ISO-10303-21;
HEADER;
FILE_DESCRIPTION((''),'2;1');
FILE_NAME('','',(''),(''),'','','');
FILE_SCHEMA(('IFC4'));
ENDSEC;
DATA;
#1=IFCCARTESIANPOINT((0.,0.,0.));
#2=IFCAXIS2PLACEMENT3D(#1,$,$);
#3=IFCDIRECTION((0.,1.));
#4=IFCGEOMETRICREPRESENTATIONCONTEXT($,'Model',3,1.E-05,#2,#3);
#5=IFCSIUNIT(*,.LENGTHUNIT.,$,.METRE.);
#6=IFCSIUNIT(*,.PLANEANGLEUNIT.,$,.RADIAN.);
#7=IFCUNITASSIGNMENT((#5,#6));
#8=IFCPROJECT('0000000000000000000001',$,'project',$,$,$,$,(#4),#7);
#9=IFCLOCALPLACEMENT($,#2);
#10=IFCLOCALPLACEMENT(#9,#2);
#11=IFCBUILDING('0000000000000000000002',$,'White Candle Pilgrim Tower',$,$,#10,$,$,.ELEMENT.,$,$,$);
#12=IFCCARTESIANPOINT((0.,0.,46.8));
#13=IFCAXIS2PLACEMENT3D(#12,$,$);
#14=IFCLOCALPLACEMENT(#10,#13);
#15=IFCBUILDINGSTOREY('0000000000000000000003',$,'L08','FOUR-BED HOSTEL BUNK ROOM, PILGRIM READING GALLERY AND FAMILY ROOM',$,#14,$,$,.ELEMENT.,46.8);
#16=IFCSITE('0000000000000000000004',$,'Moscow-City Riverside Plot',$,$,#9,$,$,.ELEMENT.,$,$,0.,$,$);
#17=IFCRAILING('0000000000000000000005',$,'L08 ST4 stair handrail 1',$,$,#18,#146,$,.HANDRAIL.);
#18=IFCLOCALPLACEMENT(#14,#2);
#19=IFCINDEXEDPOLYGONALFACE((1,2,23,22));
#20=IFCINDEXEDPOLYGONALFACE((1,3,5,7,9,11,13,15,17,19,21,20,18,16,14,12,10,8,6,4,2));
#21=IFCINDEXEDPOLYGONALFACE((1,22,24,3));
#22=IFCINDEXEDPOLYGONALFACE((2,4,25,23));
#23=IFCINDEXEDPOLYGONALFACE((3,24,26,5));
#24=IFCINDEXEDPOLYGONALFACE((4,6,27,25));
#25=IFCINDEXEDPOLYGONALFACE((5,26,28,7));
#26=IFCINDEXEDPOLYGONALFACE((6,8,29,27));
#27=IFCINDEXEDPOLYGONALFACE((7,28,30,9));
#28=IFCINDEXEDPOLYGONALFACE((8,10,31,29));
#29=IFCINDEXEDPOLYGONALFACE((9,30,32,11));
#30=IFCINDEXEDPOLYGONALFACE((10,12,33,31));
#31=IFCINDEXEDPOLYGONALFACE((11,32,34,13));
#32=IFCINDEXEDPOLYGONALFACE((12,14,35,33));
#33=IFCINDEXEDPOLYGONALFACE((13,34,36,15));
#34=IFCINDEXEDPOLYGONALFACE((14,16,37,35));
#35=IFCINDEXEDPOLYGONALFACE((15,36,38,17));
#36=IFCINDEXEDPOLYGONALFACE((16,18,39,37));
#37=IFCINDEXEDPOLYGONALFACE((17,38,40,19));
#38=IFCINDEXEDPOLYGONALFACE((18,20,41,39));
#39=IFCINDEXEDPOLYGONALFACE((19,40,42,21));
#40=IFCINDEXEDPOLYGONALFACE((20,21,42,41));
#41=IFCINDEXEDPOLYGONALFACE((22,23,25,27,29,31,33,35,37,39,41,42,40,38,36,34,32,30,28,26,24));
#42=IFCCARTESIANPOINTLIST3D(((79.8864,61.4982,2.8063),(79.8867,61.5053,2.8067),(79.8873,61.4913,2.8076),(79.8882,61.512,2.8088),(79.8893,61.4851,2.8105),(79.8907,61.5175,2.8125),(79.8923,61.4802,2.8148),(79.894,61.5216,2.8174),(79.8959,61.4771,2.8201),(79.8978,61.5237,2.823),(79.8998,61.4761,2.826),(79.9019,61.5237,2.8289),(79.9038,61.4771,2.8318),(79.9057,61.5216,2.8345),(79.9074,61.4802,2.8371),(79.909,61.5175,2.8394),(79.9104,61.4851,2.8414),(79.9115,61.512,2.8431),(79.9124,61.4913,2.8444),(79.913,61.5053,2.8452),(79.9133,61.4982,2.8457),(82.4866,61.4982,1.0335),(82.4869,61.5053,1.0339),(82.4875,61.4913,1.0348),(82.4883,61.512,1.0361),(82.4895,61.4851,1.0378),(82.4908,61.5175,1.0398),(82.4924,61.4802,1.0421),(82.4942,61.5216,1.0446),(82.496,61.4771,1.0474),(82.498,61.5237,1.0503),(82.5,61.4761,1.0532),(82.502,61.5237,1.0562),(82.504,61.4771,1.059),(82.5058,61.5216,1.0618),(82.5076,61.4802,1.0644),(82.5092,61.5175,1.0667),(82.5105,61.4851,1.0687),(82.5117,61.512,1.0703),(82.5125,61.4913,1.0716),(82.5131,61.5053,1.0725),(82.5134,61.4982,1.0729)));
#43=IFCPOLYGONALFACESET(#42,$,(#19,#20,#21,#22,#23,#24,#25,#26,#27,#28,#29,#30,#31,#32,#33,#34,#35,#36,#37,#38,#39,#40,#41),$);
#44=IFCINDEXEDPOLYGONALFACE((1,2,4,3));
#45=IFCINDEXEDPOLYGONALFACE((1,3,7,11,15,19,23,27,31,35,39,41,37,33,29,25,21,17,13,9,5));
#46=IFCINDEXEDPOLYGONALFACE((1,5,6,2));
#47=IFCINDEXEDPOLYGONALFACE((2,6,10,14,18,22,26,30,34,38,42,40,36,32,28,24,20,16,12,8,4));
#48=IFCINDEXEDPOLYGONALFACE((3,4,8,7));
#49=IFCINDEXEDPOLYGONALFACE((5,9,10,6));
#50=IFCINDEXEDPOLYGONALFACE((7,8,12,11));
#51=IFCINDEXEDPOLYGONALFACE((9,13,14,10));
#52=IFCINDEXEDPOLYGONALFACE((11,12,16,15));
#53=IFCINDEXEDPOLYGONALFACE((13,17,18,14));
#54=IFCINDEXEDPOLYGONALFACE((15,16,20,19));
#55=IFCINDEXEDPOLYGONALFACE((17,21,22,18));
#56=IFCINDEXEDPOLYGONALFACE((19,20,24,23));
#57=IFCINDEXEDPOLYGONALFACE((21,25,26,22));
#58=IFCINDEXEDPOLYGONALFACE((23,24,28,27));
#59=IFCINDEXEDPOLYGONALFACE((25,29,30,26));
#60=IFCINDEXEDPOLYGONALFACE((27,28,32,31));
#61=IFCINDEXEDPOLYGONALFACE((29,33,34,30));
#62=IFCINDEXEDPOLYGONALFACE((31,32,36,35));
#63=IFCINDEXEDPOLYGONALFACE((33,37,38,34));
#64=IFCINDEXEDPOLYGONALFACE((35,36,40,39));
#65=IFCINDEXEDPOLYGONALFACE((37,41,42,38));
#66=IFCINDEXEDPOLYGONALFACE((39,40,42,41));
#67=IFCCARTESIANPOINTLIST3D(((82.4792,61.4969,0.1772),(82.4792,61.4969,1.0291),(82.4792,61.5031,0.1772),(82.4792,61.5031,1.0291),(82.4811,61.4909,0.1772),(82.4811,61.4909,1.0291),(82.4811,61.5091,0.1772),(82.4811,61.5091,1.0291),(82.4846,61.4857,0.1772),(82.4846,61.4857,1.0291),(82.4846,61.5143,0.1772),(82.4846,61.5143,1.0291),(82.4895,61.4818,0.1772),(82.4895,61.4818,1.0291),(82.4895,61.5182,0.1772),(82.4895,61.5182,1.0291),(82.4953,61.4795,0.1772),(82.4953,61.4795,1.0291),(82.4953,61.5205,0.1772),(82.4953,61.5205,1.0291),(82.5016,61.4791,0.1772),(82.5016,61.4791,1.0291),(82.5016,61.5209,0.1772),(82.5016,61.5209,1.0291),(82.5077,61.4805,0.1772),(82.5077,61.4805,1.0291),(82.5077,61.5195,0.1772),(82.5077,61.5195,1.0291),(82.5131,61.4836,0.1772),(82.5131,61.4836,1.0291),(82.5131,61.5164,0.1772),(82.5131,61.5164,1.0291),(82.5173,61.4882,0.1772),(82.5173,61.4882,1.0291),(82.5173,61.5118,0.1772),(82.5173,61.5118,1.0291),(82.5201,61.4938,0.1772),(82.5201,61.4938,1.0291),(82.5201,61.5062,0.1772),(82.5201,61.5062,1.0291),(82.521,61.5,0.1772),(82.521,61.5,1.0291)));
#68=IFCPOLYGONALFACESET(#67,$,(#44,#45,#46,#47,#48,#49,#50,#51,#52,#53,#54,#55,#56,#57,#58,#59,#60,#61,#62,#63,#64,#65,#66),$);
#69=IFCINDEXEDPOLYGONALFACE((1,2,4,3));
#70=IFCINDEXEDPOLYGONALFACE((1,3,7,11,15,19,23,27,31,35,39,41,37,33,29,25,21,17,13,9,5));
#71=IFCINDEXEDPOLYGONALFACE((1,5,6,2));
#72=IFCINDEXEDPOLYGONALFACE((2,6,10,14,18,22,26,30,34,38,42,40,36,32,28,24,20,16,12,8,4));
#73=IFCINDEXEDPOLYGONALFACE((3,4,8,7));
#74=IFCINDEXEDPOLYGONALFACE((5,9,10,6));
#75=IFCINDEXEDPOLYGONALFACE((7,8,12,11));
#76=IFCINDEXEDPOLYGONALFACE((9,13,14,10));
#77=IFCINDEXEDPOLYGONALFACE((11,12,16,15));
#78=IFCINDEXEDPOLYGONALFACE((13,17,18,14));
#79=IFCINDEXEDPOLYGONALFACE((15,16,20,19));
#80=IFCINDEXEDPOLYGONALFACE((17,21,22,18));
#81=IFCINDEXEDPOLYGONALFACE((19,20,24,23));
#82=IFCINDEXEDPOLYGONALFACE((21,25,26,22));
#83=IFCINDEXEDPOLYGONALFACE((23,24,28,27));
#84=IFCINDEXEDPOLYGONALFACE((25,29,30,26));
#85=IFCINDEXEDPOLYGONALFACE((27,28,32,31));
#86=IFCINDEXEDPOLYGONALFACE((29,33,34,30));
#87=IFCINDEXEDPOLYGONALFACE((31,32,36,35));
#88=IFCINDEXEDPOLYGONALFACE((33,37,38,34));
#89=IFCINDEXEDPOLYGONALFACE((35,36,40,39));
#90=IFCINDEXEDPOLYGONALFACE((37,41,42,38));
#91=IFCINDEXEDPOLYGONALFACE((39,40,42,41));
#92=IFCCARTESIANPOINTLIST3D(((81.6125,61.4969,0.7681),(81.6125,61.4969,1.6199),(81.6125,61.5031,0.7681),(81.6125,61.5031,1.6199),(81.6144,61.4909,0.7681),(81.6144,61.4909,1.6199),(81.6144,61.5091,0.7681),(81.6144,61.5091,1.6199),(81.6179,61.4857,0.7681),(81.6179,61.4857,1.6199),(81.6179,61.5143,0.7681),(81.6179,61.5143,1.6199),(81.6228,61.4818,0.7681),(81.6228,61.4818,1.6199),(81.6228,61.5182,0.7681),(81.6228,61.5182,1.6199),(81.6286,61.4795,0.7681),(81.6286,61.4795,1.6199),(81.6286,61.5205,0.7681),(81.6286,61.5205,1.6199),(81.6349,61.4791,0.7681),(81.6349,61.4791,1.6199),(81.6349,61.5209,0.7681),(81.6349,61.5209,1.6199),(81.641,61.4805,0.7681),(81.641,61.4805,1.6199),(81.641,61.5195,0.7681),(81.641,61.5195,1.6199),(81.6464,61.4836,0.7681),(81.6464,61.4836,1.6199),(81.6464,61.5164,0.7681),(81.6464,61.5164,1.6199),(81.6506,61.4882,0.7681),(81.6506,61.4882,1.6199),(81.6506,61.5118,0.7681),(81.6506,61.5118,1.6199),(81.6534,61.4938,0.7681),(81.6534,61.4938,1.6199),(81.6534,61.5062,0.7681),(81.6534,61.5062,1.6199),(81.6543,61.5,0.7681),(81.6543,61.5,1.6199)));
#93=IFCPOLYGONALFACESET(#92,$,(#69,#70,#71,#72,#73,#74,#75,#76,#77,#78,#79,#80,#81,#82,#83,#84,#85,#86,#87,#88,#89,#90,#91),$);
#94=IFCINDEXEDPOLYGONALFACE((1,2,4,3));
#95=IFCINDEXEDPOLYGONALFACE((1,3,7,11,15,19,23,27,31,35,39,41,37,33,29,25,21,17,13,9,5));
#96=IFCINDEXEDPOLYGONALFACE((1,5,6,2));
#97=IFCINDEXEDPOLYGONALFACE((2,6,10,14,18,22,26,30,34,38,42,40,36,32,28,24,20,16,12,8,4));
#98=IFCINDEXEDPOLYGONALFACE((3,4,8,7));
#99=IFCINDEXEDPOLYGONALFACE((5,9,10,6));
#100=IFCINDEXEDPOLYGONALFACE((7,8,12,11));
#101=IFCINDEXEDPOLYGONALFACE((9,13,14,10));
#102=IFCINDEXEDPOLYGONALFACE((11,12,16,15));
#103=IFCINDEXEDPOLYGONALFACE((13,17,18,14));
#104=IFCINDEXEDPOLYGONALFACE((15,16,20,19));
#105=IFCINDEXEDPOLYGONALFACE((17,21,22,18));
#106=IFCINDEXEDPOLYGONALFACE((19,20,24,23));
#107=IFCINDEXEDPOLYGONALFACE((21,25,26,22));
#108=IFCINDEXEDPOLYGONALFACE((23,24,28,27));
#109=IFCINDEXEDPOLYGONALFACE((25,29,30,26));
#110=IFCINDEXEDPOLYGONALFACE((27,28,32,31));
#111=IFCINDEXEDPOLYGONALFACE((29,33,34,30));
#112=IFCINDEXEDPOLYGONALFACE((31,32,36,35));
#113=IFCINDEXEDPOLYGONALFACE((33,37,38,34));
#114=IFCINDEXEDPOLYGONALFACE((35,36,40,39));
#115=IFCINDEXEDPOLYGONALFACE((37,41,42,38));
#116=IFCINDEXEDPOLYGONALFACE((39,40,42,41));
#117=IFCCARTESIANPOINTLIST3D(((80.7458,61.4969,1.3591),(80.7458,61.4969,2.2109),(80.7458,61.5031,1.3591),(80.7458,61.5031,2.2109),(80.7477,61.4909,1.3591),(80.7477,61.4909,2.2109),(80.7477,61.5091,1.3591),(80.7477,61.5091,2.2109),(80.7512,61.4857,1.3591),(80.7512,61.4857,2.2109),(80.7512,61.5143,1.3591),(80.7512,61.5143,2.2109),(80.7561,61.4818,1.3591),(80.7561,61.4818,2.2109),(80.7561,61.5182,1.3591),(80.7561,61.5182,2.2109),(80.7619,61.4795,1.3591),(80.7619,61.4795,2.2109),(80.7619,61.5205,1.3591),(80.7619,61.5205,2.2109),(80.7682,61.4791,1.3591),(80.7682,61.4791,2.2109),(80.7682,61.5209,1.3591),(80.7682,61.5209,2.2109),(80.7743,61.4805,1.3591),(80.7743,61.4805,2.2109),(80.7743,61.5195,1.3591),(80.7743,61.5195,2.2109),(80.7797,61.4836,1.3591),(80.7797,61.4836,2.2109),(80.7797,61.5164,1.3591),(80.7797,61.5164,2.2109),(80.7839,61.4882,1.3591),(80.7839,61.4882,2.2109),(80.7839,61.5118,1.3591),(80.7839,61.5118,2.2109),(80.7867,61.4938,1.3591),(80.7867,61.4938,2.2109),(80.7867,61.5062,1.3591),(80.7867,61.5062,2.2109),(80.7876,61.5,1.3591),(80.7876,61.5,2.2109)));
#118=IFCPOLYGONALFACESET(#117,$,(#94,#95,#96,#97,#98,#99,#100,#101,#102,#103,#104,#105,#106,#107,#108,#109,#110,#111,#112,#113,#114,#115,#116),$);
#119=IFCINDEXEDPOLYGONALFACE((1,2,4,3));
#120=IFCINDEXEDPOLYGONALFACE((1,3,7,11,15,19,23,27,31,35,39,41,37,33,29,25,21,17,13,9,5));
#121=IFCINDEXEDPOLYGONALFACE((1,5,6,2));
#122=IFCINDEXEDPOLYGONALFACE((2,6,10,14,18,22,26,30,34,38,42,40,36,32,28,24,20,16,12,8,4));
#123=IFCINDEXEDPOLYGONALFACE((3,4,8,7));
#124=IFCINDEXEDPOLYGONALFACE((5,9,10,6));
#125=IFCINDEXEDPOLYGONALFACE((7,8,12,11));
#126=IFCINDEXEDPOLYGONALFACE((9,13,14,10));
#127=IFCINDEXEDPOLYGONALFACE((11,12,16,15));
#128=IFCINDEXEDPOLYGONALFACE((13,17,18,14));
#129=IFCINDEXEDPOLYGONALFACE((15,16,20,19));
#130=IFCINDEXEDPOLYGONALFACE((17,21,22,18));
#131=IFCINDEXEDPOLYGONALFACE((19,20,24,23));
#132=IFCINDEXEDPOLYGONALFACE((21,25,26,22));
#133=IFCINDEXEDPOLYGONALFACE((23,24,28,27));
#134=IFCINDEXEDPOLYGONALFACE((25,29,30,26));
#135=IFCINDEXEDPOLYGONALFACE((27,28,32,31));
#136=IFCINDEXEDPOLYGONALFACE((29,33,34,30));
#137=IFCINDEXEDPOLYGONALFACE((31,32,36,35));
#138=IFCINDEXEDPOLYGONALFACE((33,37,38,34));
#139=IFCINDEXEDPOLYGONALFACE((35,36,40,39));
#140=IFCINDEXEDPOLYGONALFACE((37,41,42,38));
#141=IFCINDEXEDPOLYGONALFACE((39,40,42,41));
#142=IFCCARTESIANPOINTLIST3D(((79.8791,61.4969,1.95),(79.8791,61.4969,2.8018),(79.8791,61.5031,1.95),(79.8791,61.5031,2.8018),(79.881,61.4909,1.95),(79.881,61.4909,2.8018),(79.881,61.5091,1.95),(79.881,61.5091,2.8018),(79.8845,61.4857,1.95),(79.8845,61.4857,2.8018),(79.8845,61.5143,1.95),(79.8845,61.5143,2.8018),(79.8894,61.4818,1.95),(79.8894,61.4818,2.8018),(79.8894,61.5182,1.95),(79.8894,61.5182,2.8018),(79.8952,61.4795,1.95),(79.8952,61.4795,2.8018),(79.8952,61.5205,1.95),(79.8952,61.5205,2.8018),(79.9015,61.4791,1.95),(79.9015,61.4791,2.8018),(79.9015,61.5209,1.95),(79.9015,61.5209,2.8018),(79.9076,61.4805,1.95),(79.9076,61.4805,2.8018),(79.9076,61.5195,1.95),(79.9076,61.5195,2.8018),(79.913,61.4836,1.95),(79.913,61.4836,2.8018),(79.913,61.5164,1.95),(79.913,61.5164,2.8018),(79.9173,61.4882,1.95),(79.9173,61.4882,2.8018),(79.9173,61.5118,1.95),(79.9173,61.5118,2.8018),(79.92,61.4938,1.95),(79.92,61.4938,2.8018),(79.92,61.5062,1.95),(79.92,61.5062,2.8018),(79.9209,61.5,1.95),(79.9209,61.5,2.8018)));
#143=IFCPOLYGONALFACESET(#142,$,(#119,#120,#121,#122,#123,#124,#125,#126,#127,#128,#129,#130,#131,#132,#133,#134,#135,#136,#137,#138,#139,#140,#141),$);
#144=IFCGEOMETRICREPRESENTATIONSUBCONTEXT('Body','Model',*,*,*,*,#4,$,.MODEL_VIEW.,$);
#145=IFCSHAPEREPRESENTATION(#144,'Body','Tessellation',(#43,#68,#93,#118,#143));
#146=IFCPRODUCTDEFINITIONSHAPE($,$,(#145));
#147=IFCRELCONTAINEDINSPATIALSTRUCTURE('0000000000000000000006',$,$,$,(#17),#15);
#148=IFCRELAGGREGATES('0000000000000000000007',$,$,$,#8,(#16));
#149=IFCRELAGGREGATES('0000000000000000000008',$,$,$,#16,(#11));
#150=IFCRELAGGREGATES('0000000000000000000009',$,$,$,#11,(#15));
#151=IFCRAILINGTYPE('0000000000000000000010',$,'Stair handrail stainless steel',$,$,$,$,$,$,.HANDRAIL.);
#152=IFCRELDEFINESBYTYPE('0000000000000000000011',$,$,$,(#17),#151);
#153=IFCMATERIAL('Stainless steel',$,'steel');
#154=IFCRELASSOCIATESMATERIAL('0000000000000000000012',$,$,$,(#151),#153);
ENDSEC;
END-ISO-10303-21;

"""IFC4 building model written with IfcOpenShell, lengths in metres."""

from ifc_helpers import new_model, si_unit, direction, frame, origin, origin_2d, place, context, subcontext, project, spatial, circle, extrude, material, type_object, element, save


model = new_model("IFC4")

# Units and contexts
model_context = context("Model", 3, precision=1e-05, world=origin(), true_north=direction((0.0, 1.0)))
body_context = subcontext(model_context, "Body", "Model", "MODEL_VIEW")
ifc_project = project(units=[si_unit("LENGTHUNIT", "METRE"), si_unit("PLANEANGLEUNIT", "RADIAN")], contexts=[model_context])

# Site, building, storey
site_placement = place(None, origin())
site = spatial("IfcSite", under=ifc_project, at=site_placement, Name="Moscow-City Riverside Plot", CompositionType="ELEMENT", RefElevation=0.0)
building_placement = place(site_placement, origin())
building = spatial("IfcBuilding", under=site, at=building_placement, Name="White Candle Pilgrim Tower", CompositionType="ELEMENT")
storey_placement = place(building_placement, frame((0.0, 0.0, 46.8)))
storey = spatial("IfcBuildingStorey", under=building, at=storey_placement, Name="L08", Description="FOUR-BED HOSTEL BUNK ROOM, PILGRIM READING GALLERY AND FAMILY ROOM", CompositionType="ELEMENT", Elevation=46.8)

# Railing
ifc_material_1 = material(Name="Stainless steel", Category="steel")
railing_type_1 = type_object("IfcRailingType", Name="Stair handrail stainless steel", PredefinedType="HANDRAIL", material=ifc_material_1)
railing_1_placement = place(storey_placement, frame((82.5, 61.5, 0.1772)))
element("IfcRailing", 1, at=railing_1_placement, inside=storey, type_object=railing_type_1, Name="L08 ST4 stair handrail 1", PredefinedType="HANDRAIL", context=body_context, shape_type="SweptSolid", body=[
    extrude(circle(Radius=0.0239, at=origin_2d()), frame((0.0, 0.0, 0.876), z_axis=(-0.82624, 0.0, 0.563318), x_axis=(0.0, -1.0, 0.0)), (0.0, 0.0, 1.0), 3.147),
    extrude(circle(Radius=0.021, at=origin_2d()), origin(), (0.0, 0.0, 1.0), 0.8518),
    extrude(circle(Radius=0.021, at=origin_2d()), frame((-0.8667, 0.0, 0.5908)), (0.0, 0.0, 1.0), 0.8518),
    extrude(circle(Radius=0.021, at=origin_2d()), frame((-1.7334, 0.0, 1.1819)), (0.0, 0.0, 1.0), 0.8518),
    extrude(circle(Radius=0.021, at=origin_2d()), frame((-2.6001, 0.0, 1.7727)), (0.0, 0.0, 1.0), 0.8518),
])

save(model, "model.ifc")
